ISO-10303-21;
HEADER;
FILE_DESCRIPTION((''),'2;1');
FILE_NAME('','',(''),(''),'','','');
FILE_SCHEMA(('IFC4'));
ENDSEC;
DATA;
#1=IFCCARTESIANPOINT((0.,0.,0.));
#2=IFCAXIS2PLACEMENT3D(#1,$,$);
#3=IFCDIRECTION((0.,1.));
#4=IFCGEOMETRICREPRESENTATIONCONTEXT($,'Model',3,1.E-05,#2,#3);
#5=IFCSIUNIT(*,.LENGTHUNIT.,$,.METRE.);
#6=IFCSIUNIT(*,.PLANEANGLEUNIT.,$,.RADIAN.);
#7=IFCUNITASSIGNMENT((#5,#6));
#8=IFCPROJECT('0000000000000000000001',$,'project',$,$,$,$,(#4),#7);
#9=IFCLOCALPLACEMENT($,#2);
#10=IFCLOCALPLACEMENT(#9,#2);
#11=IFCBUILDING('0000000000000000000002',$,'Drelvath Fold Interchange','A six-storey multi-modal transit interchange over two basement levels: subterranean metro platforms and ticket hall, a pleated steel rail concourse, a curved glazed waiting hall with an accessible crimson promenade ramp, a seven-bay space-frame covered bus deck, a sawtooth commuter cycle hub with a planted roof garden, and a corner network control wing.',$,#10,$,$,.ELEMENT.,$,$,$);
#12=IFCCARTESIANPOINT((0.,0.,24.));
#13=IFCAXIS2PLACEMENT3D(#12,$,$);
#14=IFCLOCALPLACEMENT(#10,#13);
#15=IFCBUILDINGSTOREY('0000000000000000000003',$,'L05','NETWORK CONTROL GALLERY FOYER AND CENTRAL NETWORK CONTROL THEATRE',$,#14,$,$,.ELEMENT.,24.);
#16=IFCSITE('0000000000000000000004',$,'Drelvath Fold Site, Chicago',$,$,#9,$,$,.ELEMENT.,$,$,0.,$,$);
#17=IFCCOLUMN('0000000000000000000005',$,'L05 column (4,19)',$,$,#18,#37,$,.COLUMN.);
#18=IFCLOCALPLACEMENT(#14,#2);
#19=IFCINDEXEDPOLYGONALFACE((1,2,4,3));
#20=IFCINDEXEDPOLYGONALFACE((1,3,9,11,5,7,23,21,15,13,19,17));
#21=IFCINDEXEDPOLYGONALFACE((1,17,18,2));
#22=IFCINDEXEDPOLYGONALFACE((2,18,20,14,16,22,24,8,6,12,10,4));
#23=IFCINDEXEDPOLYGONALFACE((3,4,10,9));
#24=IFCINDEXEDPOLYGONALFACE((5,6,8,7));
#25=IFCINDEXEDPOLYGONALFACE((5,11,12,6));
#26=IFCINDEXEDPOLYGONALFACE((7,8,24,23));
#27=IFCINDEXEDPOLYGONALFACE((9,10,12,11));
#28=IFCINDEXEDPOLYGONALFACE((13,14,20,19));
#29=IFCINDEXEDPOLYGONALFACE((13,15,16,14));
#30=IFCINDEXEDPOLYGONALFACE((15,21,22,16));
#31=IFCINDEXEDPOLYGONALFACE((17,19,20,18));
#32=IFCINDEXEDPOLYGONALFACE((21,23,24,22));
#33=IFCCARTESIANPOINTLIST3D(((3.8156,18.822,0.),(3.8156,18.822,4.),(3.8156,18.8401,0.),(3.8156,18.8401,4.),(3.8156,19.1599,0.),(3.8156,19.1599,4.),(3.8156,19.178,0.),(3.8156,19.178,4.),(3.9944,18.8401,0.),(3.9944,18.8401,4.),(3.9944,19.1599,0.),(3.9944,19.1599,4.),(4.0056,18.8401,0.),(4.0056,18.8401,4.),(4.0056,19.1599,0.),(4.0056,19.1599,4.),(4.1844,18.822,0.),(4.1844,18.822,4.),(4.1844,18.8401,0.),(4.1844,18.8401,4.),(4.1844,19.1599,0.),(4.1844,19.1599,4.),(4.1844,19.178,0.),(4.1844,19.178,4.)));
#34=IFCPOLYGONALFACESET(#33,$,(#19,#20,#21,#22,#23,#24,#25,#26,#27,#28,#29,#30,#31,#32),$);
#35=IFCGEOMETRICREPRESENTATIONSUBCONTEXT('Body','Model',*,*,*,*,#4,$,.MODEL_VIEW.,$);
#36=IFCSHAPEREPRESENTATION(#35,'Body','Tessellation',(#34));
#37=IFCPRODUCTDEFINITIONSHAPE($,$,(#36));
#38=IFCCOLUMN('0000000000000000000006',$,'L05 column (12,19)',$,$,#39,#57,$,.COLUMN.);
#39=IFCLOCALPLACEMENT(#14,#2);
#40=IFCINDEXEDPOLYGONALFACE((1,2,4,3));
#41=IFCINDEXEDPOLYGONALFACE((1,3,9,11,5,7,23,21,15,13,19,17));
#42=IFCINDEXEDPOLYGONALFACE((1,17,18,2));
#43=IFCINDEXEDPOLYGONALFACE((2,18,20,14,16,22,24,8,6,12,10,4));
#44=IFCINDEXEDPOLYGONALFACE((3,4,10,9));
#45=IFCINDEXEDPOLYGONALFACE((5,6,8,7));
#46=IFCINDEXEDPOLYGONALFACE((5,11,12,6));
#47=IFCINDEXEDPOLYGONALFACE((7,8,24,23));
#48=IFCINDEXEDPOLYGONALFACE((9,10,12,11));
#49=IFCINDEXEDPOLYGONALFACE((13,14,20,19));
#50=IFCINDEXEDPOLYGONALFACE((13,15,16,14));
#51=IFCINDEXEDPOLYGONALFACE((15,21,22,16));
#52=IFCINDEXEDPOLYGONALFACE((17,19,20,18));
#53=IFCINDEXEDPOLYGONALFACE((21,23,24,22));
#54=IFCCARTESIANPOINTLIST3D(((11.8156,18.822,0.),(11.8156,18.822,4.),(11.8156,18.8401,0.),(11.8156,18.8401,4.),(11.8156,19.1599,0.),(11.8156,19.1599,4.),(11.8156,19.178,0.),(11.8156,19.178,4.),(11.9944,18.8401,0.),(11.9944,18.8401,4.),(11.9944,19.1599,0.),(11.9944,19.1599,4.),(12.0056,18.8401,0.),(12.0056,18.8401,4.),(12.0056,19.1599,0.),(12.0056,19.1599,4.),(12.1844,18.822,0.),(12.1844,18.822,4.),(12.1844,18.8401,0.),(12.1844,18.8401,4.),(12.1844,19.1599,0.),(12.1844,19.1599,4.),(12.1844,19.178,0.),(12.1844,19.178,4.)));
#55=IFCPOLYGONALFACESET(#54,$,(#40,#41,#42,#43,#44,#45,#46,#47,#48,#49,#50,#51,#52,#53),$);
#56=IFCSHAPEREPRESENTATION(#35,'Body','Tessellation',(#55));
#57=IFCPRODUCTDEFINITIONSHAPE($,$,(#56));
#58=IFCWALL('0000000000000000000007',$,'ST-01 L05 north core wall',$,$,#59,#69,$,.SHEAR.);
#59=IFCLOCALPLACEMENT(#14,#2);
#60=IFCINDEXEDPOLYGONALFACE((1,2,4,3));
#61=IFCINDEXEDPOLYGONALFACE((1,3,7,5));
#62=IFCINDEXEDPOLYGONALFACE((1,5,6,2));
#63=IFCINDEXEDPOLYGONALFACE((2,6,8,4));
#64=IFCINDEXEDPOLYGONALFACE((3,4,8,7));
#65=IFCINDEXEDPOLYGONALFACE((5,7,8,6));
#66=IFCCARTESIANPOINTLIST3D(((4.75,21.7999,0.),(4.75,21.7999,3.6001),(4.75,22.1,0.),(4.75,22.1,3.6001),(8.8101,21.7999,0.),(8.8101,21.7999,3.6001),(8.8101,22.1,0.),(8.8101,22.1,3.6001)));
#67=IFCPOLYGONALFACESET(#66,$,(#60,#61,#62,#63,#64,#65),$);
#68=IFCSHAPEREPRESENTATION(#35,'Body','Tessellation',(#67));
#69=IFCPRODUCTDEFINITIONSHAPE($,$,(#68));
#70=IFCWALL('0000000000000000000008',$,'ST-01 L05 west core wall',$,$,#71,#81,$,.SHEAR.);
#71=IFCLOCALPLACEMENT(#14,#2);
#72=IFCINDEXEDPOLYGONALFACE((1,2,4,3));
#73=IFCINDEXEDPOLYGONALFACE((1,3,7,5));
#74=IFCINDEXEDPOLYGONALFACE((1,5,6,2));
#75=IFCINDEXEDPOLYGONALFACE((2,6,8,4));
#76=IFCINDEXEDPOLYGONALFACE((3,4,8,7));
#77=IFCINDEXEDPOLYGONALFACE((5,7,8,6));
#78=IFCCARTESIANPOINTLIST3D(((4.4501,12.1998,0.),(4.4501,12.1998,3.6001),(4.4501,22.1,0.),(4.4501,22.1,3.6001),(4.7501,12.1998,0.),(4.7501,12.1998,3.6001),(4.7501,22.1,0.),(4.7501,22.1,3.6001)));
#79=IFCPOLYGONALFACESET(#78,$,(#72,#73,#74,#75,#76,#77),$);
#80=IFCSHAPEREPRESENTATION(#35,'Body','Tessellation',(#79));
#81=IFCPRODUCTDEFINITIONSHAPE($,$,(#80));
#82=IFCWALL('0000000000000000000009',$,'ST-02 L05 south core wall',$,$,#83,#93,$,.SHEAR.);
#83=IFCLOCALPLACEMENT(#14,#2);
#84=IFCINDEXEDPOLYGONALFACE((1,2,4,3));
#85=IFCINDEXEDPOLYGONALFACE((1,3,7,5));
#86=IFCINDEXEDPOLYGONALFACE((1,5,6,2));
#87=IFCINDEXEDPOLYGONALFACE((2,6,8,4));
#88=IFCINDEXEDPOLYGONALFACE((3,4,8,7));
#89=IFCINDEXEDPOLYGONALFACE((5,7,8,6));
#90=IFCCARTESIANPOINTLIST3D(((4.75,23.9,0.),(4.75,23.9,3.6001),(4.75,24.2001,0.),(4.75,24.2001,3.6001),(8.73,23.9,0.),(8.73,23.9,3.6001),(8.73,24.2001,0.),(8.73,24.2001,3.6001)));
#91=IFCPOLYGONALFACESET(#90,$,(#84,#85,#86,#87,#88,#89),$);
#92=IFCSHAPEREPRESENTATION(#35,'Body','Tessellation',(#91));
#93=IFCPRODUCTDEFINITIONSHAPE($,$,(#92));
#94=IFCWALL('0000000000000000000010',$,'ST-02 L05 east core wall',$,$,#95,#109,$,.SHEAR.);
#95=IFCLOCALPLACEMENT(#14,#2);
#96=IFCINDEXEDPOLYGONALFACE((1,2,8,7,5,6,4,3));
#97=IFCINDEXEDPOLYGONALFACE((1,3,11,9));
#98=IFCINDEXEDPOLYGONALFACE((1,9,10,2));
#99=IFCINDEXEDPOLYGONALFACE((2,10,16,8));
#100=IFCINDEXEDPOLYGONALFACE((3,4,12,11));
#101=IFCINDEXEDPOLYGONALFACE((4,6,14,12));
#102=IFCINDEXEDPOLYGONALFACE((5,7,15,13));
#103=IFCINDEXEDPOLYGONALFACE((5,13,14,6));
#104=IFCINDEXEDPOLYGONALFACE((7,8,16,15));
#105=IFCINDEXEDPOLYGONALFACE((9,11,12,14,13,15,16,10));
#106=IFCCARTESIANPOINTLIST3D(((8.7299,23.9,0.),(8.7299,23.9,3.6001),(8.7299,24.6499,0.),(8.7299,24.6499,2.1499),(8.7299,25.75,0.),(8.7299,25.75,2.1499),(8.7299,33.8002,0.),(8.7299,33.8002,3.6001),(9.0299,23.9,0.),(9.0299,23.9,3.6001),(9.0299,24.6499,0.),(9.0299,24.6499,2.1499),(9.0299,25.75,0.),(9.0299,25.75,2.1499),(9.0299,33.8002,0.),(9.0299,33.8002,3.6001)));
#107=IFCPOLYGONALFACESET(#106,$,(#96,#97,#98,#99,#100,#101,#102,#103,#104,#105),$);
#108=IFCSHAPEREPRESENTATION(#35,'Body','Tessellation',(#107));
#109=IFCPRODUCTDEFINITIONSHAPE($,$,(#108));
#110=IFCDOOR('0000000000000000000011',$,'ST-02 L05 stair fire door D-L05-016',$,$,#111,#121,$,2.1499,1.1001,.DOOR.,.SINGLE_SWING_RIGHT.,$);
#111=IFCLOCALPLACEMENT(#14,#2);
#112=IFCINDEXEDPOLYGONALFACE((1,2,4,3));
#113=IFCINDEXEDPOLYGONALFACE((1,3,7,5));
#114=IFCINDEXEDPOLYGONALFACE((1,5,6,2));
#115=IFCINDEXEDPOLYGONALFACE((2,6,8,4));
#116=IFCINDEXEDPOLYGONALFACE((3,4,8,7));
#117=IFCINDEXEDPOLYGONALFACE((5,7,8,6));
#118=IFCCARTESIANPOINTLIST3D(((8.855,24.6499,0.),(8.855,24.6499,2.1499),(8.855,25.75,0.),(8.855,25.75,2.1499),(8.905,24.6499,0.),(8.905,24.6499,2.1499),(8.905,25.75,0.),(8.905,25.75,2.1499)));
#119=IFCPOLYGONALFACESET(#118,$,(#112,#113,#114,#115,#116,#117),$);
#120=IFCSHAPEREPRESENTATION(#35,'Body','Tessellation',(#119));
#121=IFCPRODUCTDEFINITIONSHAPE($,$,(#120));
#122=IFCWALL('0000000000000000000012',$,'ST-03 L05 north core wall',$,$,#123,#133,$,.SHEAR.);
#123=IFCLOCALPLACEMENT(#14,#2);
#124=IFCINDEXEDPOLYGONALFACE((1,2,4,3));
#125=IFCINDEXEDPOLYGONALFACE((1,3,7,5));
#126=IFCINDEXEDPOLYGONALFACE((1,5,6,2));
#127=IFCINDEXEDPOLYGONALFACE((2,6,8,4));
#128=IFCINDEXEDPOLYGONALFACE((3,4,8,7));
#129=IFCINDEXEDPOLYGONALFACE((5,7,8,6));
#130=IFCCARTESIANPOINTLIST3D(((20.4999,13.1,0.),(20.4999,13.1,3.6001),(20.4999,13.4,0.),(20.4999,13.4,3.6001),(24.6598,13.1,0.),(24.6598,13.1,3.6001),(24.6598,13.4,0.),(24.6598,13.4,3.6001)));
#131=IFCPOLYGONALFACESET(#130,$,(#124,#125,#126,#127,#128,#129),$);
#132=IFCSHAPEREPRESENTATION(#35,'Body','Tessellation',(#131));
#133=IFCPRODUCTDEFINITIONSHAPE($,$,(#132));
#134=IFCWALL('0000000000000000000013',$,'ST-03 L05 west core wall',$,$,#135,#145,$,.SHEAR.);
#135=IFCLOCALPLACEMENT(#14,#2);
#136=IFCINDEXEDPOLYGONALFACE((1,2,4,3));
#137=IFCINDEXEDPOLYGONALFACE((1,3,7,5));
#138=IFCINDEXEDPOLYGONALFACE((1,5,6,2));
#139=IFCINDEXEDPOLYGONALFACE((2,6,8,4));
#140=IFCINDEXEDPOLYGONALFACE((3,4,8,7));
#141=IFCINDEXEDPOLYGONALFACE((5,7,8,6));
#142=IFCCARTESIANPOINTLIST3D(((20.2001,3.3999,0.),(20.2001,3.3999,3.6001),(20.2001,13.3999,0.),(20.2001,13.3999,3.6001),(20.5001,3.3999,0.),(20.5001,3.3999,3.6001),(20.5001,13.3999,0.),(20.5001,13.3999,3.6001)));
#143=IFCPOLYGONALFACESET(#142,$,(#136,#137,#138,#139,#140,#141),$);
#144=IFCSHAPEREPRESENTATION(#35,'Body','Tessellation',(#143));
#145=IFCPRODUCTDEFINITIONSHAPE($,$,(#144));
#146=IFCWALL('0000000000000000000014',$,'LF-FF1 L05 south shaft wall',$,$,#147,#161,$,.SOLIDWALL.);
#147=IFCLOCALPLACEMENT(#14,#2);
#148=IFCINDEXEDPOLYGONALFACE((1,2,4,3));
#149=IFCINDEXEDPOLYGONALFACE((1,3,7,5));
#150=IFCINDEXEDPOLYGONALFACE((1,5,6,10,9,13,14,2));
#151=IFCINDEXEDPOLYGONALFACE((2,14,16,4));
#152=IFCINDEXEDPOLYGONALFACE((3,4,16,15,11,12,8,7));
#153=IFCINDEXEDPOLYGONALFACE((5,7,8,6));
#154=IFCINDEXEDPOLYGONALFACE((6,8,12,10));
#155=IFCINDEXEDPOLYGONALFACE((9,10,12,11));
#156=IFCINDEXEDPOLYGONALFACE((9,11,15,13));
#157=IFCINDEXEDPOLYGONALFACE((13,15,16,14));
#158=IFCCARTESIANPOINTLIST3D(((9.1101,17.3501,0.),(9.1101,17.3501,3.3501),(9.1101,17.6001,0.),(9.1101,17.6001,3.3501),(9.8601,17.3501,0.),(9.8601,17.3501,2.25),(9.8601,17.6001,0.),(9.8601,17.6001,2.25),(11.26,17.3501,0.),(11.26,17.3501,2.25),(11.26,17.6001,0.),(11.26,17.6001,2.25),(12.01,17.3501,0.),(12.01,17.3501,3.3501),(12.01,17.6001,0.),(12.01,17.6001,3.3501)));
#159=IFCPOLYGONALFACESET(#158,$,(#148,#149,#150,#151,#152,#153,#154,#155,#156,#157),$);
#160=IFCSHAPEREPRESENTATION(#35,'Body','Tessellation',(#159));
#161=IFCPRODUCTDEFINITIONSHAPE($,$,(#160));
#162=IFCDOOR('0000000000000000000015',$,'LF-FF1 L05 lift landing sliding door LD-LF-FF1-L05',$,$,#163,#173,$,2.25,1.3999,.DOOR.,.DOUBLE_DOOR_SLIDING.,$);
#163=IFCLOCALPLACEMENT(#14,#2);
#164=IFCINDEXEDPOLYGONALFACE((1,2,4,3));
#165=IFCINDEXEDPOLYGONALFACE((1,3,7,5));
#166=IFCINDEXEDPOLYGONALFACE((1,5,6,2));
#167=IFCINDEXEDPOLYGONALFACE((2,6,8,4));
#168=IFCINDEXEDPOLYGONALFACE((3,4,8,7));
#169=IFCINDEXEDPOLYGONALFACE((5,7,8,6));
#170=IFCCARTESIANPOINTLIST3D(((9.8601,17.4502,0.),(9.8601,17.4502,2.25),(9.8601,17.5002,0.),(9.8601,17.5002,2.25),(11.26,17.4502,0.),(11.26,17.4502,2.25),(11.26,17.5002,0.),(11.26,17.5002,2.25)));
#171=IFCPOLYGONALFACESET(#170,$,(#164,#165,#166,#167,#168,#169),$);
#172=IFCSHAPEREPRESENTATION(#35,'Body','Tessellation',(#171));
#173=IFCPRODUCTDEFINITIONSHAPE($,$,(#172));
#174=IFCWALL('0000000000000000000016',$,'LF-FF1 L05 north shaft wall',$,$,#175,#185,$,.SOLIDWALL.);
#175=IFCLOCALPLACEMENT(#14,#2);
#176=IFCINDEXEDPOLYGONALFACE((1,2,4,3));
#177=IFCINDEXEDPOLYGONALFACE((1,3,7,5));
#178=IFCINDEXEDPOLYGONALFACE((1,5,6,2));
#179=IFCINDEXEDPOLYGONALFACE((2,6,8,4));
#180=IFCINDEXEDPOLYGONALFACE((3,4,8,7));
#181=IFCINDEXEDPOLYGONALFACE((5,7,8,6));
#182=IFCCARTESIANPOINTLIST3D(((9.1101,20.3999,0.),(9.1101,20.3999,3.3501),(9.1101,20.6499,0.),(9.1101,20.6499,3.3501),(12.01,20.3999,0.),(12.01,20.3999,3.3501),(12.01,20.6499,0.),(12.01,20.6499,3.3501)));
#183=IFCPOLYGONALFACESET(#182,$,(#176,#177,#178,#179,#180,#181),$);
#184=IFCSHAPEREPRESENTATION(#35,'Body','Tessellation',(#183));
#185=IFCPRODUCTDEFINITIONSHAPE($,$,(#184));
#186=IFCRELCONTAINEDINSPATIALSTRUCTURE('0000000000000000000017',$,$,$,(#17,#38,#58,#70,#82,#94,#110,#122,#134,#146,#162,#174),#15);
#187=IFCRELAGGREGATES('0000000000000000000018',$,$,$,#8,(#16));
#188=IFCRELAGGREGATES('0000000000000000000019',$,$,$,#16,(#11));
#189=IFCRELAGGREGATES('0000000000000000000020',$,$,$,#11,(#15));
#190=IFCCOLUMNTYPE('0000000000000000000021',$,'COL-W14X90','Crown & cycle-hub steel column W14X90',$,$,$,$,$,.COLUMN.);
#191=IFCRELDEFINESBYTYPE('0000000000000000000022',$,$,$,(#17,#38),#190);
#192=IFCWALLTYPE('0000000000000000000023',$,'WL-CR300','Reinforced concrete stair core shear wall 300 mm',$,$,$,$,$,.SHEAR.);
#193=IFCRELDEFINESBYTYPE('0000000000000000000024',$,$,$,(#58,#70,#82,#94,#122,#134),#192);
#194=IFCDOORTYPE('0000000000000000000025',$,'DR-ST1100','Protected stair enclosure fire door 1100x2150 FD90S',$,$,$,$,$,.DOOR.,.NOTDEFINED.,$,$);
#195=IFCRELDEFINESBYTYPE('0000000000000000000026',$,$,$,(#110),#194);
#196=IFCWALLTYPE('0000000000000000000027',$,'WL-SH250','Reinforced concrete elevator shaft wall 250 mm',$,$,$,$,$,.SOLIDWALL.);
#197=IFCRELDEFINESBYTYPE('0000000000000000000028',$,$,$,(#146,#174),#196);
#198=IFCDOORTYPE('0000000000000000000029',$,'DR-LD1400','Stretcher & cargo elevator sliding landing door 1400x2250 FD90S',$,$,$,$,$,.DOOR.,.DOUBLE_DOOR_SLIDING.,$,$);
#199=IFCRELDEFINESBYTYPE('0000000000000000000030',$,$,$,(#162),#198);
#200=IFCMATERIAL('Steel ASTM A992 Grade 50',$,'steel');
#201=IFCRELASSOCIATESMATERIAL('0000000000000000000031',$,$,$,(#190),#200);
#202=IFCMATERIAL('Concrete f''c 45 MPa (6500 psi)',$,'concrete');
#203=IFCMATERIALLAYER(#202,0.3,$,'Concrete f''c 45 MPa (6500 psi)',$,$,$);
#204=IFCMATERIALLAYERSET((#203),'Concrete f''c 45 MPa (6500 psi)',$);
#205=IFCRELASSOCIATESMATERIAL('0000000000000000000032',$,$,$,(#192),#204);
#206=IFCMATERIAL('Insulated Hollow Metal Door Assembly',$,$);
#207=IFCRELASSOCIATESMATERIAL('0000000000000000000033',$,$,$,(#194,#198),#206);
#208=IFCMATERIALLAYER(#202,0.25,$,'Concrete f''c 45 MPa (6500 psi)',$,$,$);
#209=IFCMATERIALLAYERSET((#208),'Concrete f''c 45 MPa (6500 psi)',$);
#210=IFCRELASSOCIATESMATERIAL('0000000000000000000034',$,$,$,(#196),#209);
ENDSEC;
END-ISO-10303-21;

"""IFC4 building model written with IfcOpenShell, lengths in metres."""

from ifc_helpers import new_model, si_unit, direction, frame, frame_2d, origin, origin_2d, place, context, subcontext, project, spatial, rectangle, i_section, extrude, material, layer, layer_set, material_profile, profile_set, type_object, element, fill, save


model = new_model("IFC4")

# Units and contexts
model_context = context("Model", 3, precision=1e-05, world=origin(), true_north=direction((0.0, 1.0)))
body_context = subcontext(model_context, "Body", "Model", "MODEL_VIEW")
ifc_project = project(units=[si_unit("LENGTHUNIT", "METRE"), si_unit("PLANEANGLEUNIT", "RADIAN")], contexts=[model_context])

# Site, building, storey
site_placement = place(None, origin())
site = spatial("IfcSite", under=ifc_project, at=site_placement, Name="Drelvath Fold Site, Chicago", CompositionType="ELEMENT", RefElevation=0.0)
building_placement = place(site_placement, origin())
building = spatial("IfcBuilding", under=site, at=building_placement, Name="Drelvath Fold Interchange", Description="A six-storey multi-modal transit interchange over two basement levels: subterranean metro platforms and ticket hall, a pleated steel rail concourse, a curved glazed waiting hall with an accessible crimson promenade ramp, a seven-bay space-frame covered bus deck, a sawtooth commuter cycle hub with a planted roof garden, and a corner network control wing.", CompositionType="ELEMENT")
storey_placement = place(building_placement, frame((0.0, 0.0, 24.0)))
storey = spatial("IfcBuildingStorey", under=building, at=storey_placement, Name="L05", Description="NETWORK CONTROL GALLERY FOYER AND CENTRAL NETWORK CONTROL THEATRE", CompositionType="ELEMENT", Elevation=24.0)

# Columns
ifc_material_1 = material(Name="Steel ASTM A992 Grade 50", Category="steel")
ifc_material_profile = material_profile(ifc_material_1, i_section(OverallWidth=0.3689, OverallDepth=0.356, WebThickness=0.0112, FlangeThickness=0.0181, at=origin_2d()), Name="W14X90")
ifc_profile_set = profile_set([ifc_material_profile], Name="Steel ASTM A992 Grade 50")
column_type = type_object("IfcColumnType", Name="COL-W14X90", Description="Crown & cycle-hub steel column W14X90", PredefinedType="COLUMN", material=ifc_profile_set)
for number, where, z_axis, x_axis, name in (
    (1, (4.0, 19.0, 0.0), (0.0, 0.0, 1.0), (1.0, 0.0, 0.0), "L05 column (4,19)"),
    (2, (12.0, 19.0, 0.0), (0.0, 0.0, 1.0), (1.0, 0.0, 0.0), "L05 column (12,19)"),
):
    element("IfcColumn", number, at=place(storey_placement, frame(where, z_axis=z_axis, x_axis=x_axis)), inside=storey, type_object=column_type, Name=name, PredefinedType="COLUMN", context=body_context, shape_type="SweptSolid", body=[
        extrude(i_section(OverallWidth=0.3689, OverallDepth=0.356, WebThickness=0.0112, FlangeThickness=0.0181, at=origin_2d()), origin(), (0.0, 0.0, 1.0), 4.0),
    ])

# Walls
ifc_material_2 = material(Name="Concrete f'c 45 MPa (6500 psi)", Category="concrete")
ifc_layer_1 = layer(ifc_material_2, 0.3, Name="Concrete f'c 45 MPa (6500 psi)")
ifc_layer_set_1 = layer_set([ifc_layer_1], Name="Concrete f'c 45 MPa (6500 psi)")
wall_type_1 = type_object("IfcWallType", Name="WL-CR300", Description="Reinforced concrete stair core shear wall 300 mm", PredefinedType="SHEAR", material=ifc_layer_set_1)
wall_1_placement = place(storey_placement, frame((8.8101, 21.95, 0.0), z_axis=(0.0, 0.0, 1.0), x_axis=(-1.0, 0.0, 0.0)))
element("IfcWall", 3, at=wall_1_placement, inside=storey, type_object=wall_type_1, Name="ST-01 L05 north core wall", PredefinedType="SHEAR", context=body_context, shape_type="SweptSolid", body=[
    extrude(rectangle(XDim=4.0601, YDim=0.3, at=frame_2d((2.03, 0.0))), origin(), (0.0, 0.0, 1.0), 3.6001),
])
wall_2_placement = place(storey_placement, frame((4.6001, 22.1001, 0.0), z_axis=(0.0, 0.0, 1.0), x_axis=(0.0, -1.0, 0.0)))
element("IfcWall", 4, at=wall_2_placement, inside=storey, type_object=wall_type_1, Name="ST-01 L05 west core wall", PredefinedType="SHEAR", context=body_context, shape_type="SweptSolid", body=[
    extrude(rectangle(XDim=9.9001, YDim=0.3, at=frame_2d((4.9502, 0.0))), origin(), (0.0, 0.0, 1.0), 3.6001),
])
wall_3_placement = place(storey_placement, frame((4.75, 24.05, 0.0), z_axis=(0.0, 0.0, 1.0), x_axis=(1.0, 0.0, 0.0)))
element("IfcWall", 5, at=wall_3_placement, inside=storey, type_object=wall_type_1, Name="ST-02 L05 south core wall", PredefinedType="SHEAR", context=body_context, shape_type="SweptSolid", body=[
    extrude(rectangle(XDim=3.98, YDim=0.3, at=frame_2d((1.99, 0.0))), origin(), (0.0, 0.0, 1.0), 3.6001),
])

# Wall, opening, door
wall_4_placement = place(storey_placement, frame((8.8799, 23.8999, 0.0), z_axis=(0.0, 0.0, 1.0), x_axis=(0.0, 1.0, 0.0)))
wall_4 = element("IfcWall", 6, at=wall_4_placement, inside=storey, type_object=wall_type_1, Name="ST-02 L05 east core wall", PredefinedType="SHEAR", context=body_context, shape_type="SweptSolid", body=[
    extrude(rectangle(XDim=9.9001, YDim=0.3, at=frame_2d((4.9502, 0.0))), origin(), (0.0, 0.0, 1.0), 3.6001),
])
opening_1_placement = place(wall_4_placement, frame((0.75, 0.0, 0.0)))
opening_1 = element("IfcOpeningElement", 7, at=opening_1_placement, cuts=wall_4, PredefinedType="OPENING", context=body_context, shape_type="SweptSolid", body=[
    extrude(rectangle(XDim=1.1001, YDim=2.1499, at=frame_2d((0.55, 1.075))), frame((0.0, 0.1599, 0.0), z_axis=(0.0, -1.0, 0.0), x_axis=(1.0, 0.0, 0.0)), (0.0, 0.0, 1.0), 0.3201),
])
ifc_material_3 = material(Name="Insulated Hollow Metal Door Assembly")
door_type_1 = type_object("IfcDoorType", Name="DR-ST1100", Description="Protected stair enclosure fire door 1100x2150 FD90S", OperationType="NOTDEFINED", PredefinedType="DOOR", material=ifc_material_3)
door_1_placement = place(opening_1_placement, origin())
door_1 = element("IfcDoor", 8, at=door_1_placement, inside=storey, type_object=door_type_1, Name="ST-02 L05 stair fire door D-L05-016", OperationType="SINGLE_SWING_RIGHT", OverallHeight=2.1499, OverallWidth=1.1001, PredefinedType="DOOR", context=body_context, shape_type="SweptSolid", body=[
    extrude(rectangle(XDim=1.1001, YDim=2.1499, at=frame_2d((0.55, 1.075))), frame((0.0, 0.0249, 0.0), z_axis=(0.0, -1.0, 0.0), x_axis=(1.0, 0.0, 0.0)), (0.0, 0.0, 1.0), 0.05),
])
fill(opening_1, door_1)

# Walls
wall_5_placement = place(storey_placement, frame((24.6599, 13.25, 0.0), z_axis=(0.0, 0.0, 1.0), x_axis=(-1.0, 0.0, 0.0)))
element("IfcWall", 9, at=wall_5_placement, inside=storey, type_object=wall_type_1, Name="ST-03 L05 north core wall", PredefinedType="SHEAR", context=body_context, shape_type="SweptSolid", body=[
    extrude(rectangle(XDim=4.1599, YDim=0.3, at=frame_2d((2.0801, 0.0))), origin(), (0.0, 0.0, 1.0), 3.6001),
])
wall_6_placement = place(storey_placement, frame((20.3501, 13.3999, 0.0), z_axis=(0.0, 0.0, 1.0), x_axis=(0.0, -1.0, 0.0)))
element("IfcWall", 10, at=wall_6_placement, inside=storey, type_object=wall_type_1, Name="ST-03 L05 west core wall", PredefinedType="SHEAR", context=body_context, shape_type="SweptSolid", body=[
    extrude(rectangle(XDim=10.0, YDim=0.3, at=frame_2d((5.0, 0.0))), origin(), (0.0, 0.0, 1.0), 3.6001),
])

# Wall, opening, door
ifc_layer_2 = layer(ifc_material_2, 0.25, Name="Concrete f'c 45 MPa (6500 psi)")
ifc_layer_set_2 = layer_set([ifc_layer_2], Name="Concrete f'c 45 MPa (6500 psi)")
wall_type_2 = type_object("IfcWallType", Name="WL-SH250", Description="Reinforced concrete elevator shaft wall 250 mm", PredefinedType="SOLIDWALL", material=ifc_layer_set_2)
wall_7_placement = place(storey_placement, frame((9.1101, 17.4751, 0.0), z_axis=(0.0, 0.0, 1.0), x_axis=(1.0, 0.0, 0.0)))
wall_7 = element("IfcWall", 11, at=wall_7_placement, inside=storey, type_object=wall_type_2, Name="LF-FF1 L05 south shaft wall", PredefinedType="SOLIDWALL", context=body_context, shape_type="SweptSolid", body=[
    extrude(rectangle(XDim=2.8999, YDim=0.25, at=frame_2d((1.45, 0.0))), origin(), (0.0, 0.0, 1.0), 3.3501),
])
opening_2_placement = place(wall_7_placement, frame((0.75, 0.0, 0.0)))
opening_2 = element("IfcOpeningElement", 12, at=opening_2_placement, cuts=wall_7, PredefinedType="OPENING", context=body_context, shape_type="SweptSolid", body=[
    extrude(rectangle(XDim=1.3999, YDim=2.25, at=frame_2d((0.7, 1.125))), frame((0.0, 0.135, 0.0), z_axis=(0.0, -1.0, 0.0), x_axis=(1.0, 0.0, 0.0)), (0.0, 0.0, 1.0), 0.27),
])
door_type_2 = type_object("IfcDoorType", Name="DR-LD1400", Description="Stretcher & cargo elevator sliding landing door 1400x2250 FD90S", OperationType="DOUBLE_DOOR_SLIDING", PredefinedType="DOOR", material=ifc_material_3)
door_2_placement = place(opening_2_placement, frame((1.3999, 0.0, 0.0), z_axis=(0.0, 0.0, 1.0), x_axis=(-1.0, 0.0, 0.0)))
door_2 = element("IfcDoor", 13, at=door_2_placement, inside=storey, type_object=door_type_2, Name="LF-FF1 L05 lift landing sliding door LD-LF-FF1-L05", OperationType="DOUBLE_DOOR_SLIDING", OverallHeight=2.25, OverallWidth=1.3999, PredefinedType="DOOR", context=body_context, shape_type="SweptSolid", body=[
    extrude(rectangle(XDim=1.3999, YDim=2.25, at=frame_2d((0.7, 1.125))), frame((0.0, 0.0249, 0.0), z_axis=(0.0, -1.0, 0.0), x_axis=(1.0, 0.0, 0.0)), (0.0, 0.0, 1.0), 0.05),
])
fill(opening_2, door_2)

# Wall
wall_8_placement = place(storey_placement, frame((12.01, 20.5249, 0.0), z_axis=(0.0, 0.0, 1.0), x_axis=(-1.0, 0.0, 0.0)))
element("IfcWall", 14, at=wall_8_placement, inside=storey, type_object=wall_type_2, Name="LF-FF1 L05 north shaft wall", PredefinedType="SOLIDWALL", context=body_context, shape_type="SweptSolid", body=[
    extrude(rectangle(XDim=2.8999, YDim=0.25, at=frame_2d((1.45, 0.0))), origin(), (0.0, 0.0, 1.0), 3.3501),
])

save(model, "model.ifc")
